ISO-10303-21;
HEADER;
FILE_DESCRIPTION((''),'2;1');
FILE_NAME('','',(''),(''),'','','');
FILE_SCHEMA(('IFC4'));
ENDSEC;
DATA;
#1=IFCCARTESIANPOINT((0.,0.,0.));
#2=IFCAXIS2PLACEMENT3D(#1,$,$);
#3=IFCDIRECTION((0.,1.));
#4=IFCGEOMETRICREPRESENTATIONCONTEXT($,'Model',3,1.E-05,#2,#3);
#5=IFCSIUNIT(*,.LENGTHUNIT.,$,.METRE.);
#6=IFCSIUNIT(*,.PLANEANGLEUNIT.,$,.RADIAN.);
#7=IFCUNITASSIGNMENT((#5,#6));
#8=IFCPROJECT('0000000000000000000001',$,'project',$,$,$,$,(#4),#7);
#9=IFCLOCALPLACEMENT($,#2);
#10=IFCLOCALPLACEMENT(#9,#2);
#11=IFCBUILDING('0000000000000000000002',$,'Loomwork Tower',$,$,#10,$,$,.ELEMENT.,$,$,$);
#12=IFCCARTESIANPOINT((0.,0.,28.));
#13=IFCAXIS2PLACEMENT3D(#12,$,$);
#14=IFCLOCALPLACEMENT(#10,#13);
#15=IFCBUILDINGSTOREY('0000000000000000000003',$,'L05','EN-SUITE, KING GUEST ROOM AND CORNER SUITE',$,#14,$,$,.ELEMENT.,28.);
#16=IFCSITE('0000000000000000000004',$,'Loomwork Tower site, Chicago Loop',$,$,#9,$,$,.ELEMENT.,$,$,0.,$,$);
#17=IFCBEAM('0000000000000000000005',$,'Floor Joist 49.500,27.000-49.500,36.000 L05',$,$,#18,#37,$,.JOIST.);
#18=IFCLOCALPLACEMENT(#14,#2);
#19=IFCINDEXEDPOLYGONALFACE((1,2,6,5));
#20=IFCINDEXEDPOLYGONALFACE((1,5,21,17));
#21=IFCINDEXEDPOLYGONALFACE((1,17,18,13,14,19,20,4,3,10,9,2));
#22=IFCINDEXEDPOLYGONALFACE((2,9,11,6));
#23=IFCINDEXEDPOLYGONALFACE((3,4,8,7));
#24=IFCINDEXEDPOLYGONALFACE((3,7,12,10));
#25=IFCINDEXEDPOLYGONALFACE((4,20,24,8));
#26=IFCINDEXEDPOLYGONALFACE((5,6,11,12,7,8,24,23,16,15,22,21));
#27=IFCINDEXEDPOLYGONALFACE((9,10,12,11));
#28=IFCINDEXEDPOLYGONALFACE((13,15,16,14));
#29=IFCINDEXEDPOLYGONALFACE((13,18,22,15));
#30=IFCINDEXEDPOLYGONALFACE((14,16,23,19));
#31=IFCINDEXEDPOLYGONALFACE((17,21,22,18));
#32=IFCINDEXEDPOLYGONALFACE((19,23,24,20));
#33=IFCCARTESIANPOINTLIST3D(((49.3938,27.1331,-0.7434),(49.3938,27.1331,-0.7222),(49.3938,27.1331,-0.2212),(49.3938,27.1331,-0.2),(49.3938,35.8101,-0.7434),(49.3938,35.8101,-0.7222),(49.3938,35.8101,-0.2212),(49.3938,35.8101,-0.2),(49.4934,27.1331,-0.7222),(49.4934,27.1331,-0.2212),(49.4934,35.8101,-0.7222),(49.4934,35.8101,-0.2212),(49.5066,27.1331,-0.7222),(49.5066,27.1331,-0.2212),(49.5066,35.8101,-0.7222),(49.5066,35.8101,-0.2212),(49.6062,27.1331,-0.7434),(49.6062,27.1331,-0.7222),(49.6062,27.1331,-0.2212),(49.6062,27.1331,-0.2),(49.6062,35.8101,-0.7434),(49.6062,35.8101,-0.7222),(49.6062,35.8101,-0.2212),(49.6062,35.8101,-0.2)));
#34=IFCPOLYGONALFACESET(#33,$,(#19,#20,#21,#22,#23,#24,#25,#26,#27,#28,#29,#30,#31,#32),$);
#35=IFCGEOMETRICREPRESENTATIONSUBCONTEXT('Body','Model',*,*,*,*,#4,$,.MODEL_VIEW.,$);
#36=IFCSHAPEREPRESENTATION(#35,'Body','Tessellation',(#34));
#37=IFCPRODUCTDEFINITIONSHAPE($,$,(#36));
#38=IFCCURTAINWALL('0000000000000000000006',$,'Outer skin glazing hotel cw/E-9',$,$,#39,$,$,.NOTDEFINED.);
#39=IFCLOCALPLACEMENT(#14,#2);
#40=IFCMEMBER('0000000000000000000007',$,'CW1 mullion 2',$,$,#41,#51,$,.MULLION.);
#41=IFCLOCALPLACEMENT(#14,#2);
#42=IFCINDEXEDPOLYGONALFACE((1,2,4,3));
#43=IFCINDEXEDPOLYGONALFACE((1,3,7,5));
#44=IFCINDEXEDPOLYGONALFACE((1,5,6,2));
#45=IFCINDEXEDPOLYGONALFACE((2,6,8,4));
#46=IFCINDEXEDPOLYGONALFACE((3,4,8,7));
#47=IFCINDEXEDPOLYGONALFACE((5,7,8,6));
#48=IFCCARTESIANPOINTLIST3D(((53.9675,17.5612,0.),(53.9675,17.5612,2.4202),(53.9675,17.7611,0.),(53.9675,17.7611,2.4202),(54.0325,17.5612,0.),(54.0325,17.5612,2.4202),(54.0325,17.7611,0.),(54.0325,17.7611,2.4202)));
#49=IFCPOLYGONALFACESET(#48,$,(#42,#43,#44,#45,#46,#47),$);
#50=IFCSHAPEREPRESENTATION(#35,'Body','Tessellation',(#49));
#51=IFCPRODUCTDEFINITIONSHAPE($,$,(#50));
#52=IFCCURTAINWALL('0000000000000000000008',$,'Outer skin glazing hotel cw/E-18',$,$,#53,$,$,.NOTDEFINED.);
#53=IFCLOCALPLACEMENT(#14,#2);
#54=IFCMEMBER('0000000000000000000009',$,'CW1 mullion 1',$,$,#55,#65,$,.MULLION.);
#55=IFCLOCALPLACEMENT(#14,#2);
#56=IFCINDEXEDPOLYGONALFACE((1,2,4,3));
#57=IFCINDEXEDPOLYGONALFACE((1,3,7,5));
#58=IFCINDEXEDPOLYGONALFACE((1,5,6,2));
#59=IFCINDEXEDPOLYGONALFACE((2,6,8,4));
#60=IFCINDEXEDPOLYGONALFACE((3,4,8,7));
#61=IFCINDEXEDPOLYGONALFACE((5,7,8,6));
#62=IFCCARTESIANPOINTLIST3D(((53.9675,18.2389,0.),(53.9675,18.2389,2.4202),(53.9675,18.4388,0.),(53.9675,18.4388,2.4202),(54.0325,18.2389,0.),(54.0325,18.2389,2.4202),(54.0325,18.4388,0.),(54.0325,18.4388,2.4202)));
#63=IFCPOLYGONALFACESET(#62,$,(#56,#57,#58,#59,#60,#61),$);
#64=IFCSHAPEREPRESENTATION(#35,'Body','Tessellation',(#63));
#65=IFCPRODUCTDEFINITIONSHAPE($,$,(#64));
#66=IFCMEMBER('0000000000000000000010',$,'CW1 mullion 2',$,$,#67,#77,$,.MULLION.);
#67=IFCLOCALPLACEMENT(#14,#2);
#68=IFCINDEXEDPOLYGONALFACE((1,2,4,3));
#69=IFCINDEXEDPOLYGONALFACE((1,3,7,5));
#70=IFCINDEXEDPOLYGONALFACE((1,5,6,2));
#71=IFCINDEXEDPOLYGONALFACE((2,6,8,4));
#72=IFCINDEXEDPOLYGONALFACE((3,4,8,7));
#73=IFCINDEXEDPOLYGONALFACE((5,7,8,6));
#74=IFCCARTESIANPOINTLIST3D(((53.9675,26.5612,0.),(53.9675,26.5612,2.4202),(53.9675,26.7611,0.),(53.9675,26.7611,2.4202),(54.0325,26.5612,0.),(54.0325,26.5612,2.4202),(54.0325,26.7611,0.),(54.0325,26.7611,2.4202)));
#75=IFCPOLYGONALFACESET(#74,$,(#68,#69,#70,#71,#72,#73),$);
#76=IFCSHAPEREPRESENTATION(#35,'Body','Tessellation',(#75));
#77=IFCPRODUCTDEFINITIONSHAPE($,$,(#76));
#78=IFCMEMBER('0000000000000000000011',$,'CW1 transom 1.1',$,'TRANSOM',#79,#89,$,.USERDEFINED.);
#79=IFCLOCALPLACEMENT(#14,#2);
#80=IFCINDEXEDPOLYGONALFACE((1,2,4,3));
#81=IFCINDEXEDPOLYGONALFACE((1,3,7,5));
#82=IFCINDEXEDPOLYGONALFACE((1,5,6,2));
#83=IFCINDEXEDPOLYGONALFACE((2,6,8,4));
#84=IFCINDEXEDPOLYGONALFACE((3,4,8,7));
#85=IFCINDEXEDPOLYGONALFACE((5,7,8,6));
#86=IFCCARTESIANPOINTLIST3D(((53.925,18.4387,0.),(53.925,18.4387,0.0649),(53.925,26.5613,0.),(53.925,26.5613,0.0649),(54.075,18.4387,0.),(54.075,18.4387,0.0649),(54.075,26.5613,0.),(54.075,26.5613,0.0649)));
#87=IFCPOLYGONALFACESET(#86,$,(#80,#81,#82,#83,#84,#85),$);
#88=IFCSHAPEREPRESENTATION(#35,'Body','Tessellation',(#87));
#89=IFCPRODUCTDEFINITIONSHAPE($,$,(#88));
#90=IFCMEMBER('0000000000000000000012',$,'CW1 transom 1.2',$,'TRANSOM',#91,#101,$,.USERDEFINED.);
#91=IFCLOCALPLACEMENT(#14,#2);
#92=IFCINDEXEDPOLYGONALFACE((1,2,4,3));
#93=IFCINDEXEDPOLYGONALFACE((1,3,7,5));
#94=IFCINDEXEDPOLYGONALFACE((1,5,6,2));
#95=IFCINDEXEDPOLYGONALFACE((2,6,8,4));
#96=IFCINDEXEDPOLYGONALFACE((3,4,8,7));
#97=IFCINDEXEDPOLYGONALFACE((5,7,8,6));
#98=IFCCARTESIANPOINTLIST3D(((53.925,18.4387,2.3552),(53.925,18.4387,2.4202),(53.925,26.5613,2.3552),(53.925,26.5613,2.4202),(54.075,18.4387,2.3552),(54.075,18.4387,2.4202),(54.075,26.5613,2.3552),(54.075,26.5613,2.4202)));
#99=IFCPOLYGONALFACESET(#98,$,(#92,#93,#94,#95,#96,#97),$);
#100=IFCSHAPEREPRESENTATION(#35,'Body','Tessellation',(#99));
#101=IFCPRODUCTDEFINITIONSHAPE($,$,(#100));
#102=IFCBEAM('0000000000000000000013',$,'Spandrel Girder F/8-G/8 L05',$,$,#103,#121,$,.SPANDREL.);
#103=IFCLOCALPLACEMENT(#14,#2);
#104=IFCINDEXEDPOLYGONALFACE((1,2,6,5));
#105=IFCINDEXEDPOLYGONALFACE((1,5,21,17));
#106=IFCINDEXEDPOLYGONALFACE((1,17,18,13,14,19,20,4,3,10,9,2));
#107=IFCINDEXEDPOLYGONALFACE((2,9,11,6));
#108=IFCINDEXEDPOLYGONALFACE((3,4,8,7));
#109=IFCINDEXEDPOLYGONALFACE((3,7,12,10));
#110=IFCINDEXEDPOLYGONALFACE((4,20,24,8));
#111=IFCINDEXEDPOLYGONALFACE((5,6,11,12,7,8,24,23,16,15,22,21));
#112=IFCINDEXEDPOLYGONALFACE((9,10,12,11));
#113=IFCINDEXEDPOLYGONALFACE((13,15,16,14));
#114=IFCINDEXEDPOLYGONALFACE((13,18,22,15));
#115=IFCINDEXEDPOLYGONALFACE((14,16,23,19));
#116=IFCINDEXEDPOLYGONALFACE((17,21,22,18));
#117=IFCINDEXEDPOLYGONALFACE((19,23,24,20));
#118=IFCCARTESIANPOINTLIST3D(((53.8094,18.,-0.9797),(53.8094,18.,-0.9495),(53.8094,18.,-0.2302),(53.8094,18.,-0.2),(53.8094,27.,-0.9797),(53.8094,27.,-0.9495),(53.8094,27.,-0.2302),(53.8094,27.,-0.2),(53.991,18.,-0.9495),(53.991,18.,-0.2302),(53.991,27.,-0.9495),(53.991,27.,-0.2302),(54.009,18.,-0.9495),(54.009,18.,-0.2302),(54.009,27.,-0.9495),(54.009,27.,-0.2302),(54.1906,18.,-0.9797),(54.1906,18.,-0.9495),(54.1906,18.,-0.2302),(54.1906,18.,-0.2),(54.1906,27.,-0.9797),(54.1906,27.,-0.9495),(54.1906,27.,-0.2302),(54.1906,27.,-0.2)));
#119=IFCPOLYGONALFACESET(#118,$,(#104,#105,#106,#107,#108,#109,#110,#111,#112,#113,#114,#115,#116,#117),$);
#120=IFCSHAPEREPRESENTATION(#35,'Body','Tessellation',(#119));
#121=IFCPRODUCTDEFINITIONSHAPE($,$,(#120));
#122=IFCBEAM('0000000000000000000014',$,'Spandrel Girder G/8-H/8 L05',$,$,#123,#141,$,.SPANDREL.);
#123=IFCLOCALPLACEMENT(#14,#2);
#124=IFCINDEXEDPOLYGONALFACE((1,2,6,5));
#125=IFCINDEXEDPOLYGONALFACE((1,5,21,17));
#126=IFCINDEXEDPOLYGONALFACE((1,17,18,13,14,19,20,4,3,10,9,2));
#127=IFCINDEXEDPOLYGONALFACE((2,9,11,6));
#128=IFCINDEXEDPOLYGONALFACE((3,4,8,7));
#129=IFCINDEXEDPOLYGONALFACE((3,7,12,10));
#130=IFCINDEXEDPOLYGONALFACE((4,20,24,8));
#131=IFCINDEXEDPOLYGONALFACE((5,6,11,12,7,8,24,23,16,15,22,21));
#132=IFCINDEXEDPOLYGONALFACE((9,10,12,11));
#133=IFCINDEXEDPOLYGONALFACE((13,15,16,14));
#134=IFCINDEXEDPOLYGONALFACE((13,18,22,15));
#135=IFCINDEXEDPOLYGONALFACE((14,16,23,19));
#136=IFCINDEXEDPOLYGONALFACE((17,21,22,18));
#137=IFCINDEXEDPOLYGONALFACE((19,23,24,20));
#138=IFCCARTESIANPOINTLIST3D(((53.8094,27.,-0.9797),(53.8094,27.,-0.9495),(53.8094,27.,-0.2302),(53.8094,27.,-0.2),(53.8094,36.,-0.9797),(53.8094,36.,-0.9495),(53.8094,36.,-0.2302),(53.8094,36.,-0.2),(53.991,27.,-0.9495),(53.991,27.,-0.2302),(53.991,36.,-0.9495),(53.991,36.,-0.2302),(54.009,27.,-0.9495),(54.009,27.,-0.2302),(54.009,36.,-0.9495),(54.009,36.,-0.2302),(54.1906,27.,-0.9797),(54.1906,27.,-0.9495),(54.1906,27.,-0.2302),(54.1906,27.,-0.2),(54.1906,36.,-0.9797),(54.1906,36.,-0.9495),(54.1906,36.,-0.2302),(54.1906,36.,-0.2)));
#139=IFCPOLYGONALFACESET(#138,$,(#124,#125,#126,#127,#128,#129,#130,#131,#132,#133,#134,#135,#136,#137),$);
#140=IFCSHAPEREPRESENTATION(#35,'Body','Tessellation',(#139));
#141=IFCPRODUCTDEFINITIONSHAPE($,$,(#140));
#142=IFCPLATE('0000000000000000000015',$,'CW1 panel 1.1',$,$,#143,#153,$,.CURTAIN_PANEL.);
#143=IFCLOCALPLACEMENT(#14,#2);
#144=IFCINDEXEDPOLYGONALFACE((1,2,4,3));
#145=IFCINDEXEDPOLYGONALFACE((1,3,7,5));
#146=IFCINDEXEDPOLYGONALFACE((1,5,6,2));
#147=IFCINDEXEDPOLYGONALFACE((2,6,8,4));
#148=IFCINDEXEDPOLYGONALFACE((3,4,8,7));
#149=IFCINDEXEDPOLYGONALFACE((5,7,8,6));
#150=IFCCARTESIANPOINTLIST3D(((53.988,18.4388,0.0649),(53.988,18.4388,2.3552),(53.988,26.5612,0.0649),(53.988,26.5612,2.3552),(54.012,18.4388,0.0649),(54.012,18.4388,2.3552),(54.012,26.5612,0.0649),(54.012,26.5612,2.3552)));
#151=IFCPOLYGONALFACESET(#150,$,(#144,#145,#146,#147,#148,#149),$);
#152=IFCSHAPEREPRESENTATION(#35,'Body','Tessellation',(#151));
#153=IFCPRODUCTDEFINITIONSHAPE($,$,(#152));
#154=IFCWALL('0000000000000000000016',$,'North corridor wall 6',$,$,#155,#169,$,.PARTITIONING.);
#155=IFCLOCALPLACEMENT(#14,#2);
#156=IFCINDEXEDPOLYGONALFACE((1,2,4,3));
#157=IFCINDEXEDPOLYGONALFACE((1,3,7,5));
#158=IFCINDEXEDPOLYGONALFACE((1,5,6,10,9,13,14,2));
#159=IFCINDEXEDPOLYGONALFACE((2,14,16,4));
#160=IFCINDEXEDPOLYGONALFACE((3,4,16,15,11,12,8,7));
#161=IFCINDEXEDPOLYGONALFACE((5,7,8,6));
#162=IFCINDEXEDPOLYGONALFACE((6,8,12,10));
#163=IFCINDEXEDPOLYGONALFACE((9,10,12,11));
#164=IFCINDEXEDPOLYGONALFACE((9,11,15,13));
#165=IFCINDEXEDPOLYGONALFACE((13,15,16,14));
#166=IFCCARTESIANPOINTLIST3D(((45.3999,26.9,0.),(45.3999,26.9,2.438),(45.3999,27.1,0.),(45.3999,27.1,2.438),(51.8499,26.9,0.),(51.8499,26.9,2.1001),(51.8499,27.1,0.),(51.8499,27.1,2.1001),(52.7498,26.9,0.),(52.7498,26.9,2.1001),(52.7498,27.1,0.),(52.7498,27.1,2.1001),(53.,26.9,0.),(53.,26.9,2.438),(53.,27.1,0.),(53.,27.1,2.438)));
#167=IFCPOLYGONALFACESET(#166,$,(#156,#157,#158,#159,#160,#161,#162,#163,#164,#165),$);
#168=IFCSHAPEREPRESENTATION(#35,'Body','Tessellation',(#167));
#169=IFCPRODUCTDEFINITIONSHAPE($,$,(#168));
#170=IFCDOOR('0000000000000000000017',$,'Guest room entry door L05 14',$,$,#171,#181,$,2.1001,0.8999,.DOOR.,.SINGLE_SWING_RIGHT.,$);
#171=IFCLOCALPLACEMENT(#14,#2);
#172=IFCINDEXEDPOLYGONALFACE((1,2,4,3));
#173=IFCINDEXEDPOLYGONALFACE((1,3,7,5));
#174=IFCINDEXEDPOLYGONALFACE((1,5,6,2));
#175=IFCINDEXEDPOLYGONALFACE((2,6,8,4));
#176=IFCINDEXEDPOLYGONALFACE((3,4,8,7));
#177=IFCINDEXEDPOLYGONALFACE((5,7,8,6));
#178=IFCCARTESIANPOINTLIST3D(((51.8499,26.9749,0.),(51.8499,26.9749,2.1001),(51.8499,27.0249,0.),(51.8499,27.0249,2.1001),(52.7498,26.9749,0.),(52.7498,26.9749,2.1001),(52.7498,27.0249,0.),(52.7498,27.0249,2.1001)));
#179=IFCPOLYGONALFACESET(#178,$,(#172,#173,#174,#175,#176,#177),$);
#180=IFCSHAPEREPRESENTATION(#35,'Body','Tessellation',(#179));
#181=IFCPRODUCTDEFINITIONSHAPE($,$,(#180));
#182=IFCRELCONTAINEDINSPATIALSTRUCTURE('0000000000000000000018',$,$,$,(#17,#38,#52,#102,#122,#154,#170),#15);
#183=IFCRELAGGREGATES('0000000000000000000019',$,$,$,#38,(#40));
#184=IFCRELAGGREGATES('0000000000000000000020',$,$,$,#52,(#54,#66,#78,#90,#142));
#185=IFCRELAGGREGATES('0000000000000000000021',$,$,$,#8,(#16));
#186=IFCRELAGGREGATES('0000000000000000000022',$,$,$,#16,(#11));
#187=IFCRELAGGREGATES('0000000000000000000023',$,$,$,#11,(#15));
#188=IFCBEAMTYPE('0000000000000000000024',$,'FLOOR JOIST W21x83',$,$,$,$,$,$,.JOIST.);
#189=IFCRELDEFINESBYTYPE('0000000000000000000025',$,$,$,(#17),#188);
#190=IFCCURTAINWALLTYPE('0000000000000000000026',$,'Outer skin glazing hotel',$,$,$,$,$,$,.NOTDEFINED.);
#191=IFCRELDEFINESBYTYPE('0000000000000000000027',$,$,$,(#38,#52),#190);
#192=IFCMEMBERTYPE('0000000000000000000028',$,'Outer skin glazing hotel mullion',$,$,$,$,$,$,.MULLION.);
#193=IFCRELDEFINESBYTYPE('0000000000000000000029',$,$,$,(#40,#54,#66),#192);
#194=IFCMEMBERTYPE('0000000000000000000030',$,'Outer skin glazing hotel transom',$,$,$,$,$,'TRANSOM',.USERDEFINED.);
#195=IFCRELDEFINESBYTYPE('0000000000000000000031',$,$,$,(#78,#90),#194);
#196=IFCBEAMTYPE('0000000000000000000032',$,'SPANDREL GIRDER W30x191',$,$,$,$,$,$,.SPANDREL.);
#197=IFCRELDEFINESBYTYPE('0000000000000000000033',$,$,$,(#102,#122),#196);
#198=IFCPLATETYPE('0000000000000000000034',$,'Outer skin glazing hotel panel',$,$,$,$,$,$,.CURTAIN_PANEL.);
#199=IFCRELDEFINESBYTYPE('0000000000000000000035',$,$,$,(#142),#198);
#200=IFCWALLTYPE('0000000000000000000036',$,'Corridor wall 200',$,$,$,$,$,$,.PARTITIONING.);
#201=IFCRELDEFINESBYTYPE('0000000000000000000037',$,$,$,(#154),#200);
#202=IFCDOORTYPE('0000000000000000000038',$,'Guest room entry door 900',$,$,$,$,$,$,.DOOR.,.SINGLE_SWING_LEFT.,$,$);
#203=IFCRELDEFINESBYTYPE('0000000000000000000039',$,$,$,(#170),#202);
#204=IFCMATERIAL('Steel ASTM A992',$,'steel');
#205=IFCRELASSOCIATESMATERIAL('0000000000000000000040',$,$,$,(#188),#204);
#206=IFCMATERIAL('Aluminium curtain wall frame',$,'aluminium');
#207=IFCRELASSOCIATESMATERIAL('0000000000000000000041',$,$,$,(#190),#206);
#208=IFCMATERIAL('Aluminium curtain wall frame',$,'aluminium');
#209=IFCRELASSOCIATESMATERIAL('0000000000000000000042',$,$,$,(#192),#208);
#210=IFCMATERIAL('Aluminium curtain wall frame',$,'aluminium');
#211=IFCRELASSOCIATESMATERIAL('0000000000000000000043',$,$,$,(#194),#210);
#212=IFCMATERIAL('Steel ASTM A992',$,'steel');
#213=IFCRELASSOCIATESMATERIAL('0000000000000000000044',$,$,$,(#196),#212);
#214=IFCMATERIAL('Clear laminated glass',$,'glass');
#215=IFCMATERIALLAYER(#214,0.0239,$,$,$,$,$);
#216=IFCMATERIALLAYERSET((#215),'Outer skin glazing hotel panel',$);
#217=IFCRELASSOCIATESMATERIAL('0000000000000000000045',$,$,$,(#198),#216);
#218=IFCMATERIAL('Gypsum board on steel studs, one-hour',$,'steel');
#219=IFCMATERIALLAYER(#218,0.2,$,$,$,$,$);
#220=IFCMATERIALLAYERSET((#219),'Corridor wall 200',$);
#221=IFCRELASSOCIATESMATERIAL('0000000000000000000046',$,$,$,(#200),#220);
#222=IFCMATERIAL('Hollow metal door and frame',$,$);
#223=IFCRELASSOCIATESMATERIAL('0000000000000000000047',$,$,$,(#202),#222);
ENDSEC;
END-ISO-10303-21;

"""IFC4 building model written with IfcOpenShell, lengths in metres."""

from ifc_helpers import new_model, si_unit, direction, frame, frame_2d, origin, origin_2d, place, context, subcontext, project, spatial, rectangle, i_section, extrude, material, layer, layer_set, material_profile, profile_set, type_object, element, fill, aggregate, save


model = new_model("IFC4")

# Units and contexts
model_context = context("Model", 3, precision=1e-05, world=origin(), true_north=direction((0.0, 1.0)))
body_context = subcontext(model_context, "Body", "Model", "MODEL_VIEW")
ifc_project = project(units=[si_unit("LENGTHUNIT", "METRE"), si_unit("PLANEANGLEUNIT", "RADIAN")], contexts=[model_context])

# Site, building, storey
site_placement = place(None, origin())
site = spatial("IfcSite", under=ifc_project, at=site_placement, Name="Loomwork Tower site, Chicago Loop", CompositionType="ELEMENT", RefElevation=0.0)
building_placement = place(site_placement, origin())
building = spatial("IfcBuilding", under=site, at=building_placement, Name="Loomwork Tower", CompositionType="ELEMENT")
storey_placement = place(building_placement, frame((0.0, 0.0, 28.0)))
storey = spatial("IfcBuildingStorey", under=building, at=storey_placement, Name="L05", Description="EN-SUITE, KING GUEST ROOM AND CORNER SUITE", CompositionType="ELEMENT", Elevation=28.0)

# Beam
ifc_material_1 = material(Name="Steel ASTM A992", Category="steel")
ifc_material_profile_1 = material_profile(ifc_material_1, i_section(OverallWidth=0.2124, OverallDepth=0.5435, WebThickness=0.0132, FlangeThickness=0.0212, at=origin_2d()), Name="W21x83")
ifc_profile_set_1 = profile_set([ifc_material_profile_1], Name="Steel ASTM A992")
beam_type_1 = type_object("IfcBeamType", Name="FLOOR JOIST W21x83", PredefinedType="JOIST", material=ifc_profile_set_1)
beam_1_placement = place(storey_placement, frame((49.5, 27.1331, -0.4717), z_axis=(0.0, 1.0, 0.0), x_axis=(-1.0, 0.0, 0.0)))
element("IfcBeam", 1, at=beam_1_placement, inside=storey, type_object=beam_type_1, Name="Floor Joist 49.500,27.000-49.500,36.000 L05", PredefinedType="JOIST", context=body_context, shape_type="SweptSolid", body=[
    extrude(i_section(OverallWidth=0.2124, OverallDepth=0.5435, WebThickness=0.0132, FlangeThickness=0.0212, at=origin_2d()), origin(), (0.0, 0.0, 1.0), 8.677),
])

# Curtain wall, member
ifc_material_2 = material(Name="Aluminium curtain wall frame", Category="aluminium")
curtain_wall_type = type_object("IfcCurtainWallType", Name="Outer skin glazing hotel", PredefinedType="NOTDEFINED", material=ifc_material_2)
curtain_wall_1_placement = place(storey_placement, origin())
curtain_wall_1 = element("IfcCurtainWall", 2, at=curtain_wall_1_placement, inside=storey, type_object=curtain_wall_type, Name="Outer skin glazing hotel cw/E-9", PredefinedType="NOTDEFINED")
ifc_material_3 = material(Name="Aluminium curtain wall frame", Category="aluminium")
ifc_material_profile_2 = material_profile(ifc_material_3, rectangle(XDim=0.0649, YDim=0.2, at=origin_2d()), Name="AL 65x200")
ifc_profile_set_2 = profile_set([ifc_material_profile_2], Name="Aluminium curtain wall frame")
member_type_1 = type_object("IfcMemberType", Name="Outer skin glazing hotel mullion", PredefinedType="MULLION", material=ifc_profile_set_2)
member_1_placement = place(storey_placement, frame((54.0, 17.6611, 0.0), z_axis=(0.0, 0.0, 1.0), x_axis=(-1.0, 0.0, 0.0)))
member_1 = element("IfcMember", 3, at=member_1_placement, type_object=member_type_1, Name="CW1 mullion 2", PredefinedType="MULLION", context=body_context, shape_type="SweptSolid", body=[
    extrude(rectangle(XDim=0.0649, YDim=0.2, at=origin_2d()), origin(), (0.0, 0.0, 1.0), 2.4202),
])
aggregate(curtain_wall_1, [member_1])

# Curtain wall, members
curtain_wall_2_placement = place(storey_placement, origin())
curtain_wall_2 = element("IfcCurtainWall", 4, at=curtain_wall_2_placement, inside=storey, type_object=curtain_wall_type, Name="Outer skin glazing hotel cw/E-18", PredefinedType="NOTDEFINED")
member_2_placement = place(storey_placement, frame((54.0, 18.3389, 0.0), z_axis=(0.0, 0.0, 1.0), x_axis=(-1.0, 0.0, 0.0)))
member_2 = element("IfcMember", 5, at=member_2_placement, type_object=member_type_1, Name="CW1 mullion 1", PredefinedType="MULLION", context=body_context, shape_type="SweptSolid", body=[
    extrude(rectangle(XDim=0.0649, YDim=0.2, at=origin_2d()), origin(), (0.0, 0.0, 1.0), 2.4202),
])
member_3_placement = place(storey_placement, frame((54.0, 26.6611, 0.0), z_axis=(0.0, 0.0, 1.0), x_axis=(-1.0, 0.0, 0.0)))
member_3 = element("IfcMember", 6, at=member_3_placement, type_object=member_type_1, Name="CW1 mullion 2", PredefinedType="MULLION", context=body_context, shape_type="SweptSolid", body=[
    extrude(rectangle(XDim=0.0649, YDim=0.2, at=origin_2d()), origin(), (0.0, 0.0, 1.0), 2.4202),
])
ifc_material_4 = material(Name="Aluminium curtain wall frame", Category="aluminium")
ifc_material_profile_3 = material_profile(ifc_material_4, rectangle(XDim=0.1499, YDim=0.0649, at=origin_2d()), Name="AL 65x150")
ifc_profile_set_3 = profile_set([ifc_material_profile_3], Name="Aluminium curtain wall frame")
member_type_2 = type_object("IfcMemberType", Name="Outer skin glazing hotel transom", ElementType="TRANSOM", PredefinedType="USERDEFINED", material=ifc_profile_set_3)
member_4_placement = place(storey_placement, frame((54.0, 18.4387, 0.0325), z_axis=(0.0, 1.0, 0.0), x_axis=(-1.0, 0.0, 0.0)))
member_4 = element("IfcMember", 7, at=member_4_placement, type_object=member_type_2, Name="CW1 transom 1.1", ObjectType="TRANSOM", PredefinedType="USERDEFINED", context=body_context, shape_type="SweptSolid", body=[
    extrude(rectangle(XDim=0.1499, YDim=0.0649, at=origin_2d()), origin(), (0.0, 0.0, 1.0), 8.1226),
])
member_5_placement = place(storey_placement, frame((54.0, 18.4387, 2.3877), z_axis=(0.0, 1.0, 0.0), x_axis=(-1.0, 0.0, 0.0)))
member_5 = element("IfcMember", 8, at=member_5_placement, type_object=member_type_2, Name="CW1 transom 1.2", ObjectType="TRANSOM", PredefinedType="USERDEFINED", context=body_context, shape_type="SweptSolid", body=[
    extrude(rectangle(XDim=0.1499, YDim=0.0649, at=origin_2d()), origin(), (0.0, 0.0, 1.0), 8.1226),
])

# Beams
ifc_material_5 = material(Name="Steel ASTM A992", Category="steel")
ifc_material_profile_4 = material_profile(ifc_material_5, i_section(OverallWidth=0.3811, OverallDepth=0.7798, WebThickness=0.0181, FlangeThickness=0.0303, at=origin_2d()), Name="W30x191")
ifc_profile_set_4 = profile_set([ifc_material_profile_4], Name="Steel ASTM A992")
beam_type_2 = type_object("IfcBeamType", Name="SPANDREL GIRDER W30x191", PredefinedType="SPANDREL", material=ifc_profile_set_4)
for number, where, z_axis, x_axis, name in (
    (9, (54.0, 18.0, -0.5898), (0.0, 1.0, 0.0), (-1.0, 0.0, 0.0), "Spandrel Girder F/8-G/8 L05"),
    (10, (54.0, 27.0, -0.5898), (0.0, 1.0, 0.0), (-1.0, 0.0, 0.0), "Spandrel Girder G/8-H/8 L05"),
):
    element("IfcBeam", number, at=place(storey_placement, frame(where, z_axis=z_axis, x_axis=x_axis)), inside=storey, type_object=beam_type_2, Name=name, PredefinedType="SPANDREL", context=body_context, shape_type="SweptSolid", body=[
        extrude(i_section(OverallWidth=0.3811, OverallDepth=0.7798, WebThickness=0.0181, FlangeThickness=0.0303, at=origin_2d()), origin(), (0.0, 0.0, 1.0), 9.0),
    ])

# Plate
ifc_material_6 = material(Name="Clear laminated glass", Category="glass")
ifc_layer_1 = layer(ifc_material_6, 0.0239)
ifc_layer_set_1 = layer_set([ifc_layer_1], Name="Outer skin glazing hotel panel")
plate_type = type_object("IfcPlateType", Name="Outer skin glazing hotel panel", PredefinedType="CURTAIN_PANEL", material=ifc_layer_set_1)
plate_placement = place(storey_placement, frame((54.0, 22.5, 0.0649), z_axis=(0.0, 0.0, 1.0), x_axis=(0.0, 1.0, 0.0)))
plate = element("IfcPlate", 11, at=plate_placement, type_object=plate_type, Name="CW1 panel 1.1", PredefinedType="CURTAIN_PANEL", context=body_context, shape_type="SweptSolid", body=[
    extrude(rectangle(XDim=8.1223, YDim=0.0239, at=origin_2d()), origin(), (0.0, 0.0, 1.0), 2.2903),
])
aggregate(curtain_wall_2, [member_2, member_3, member_4, member_5, plate])

# Wall, opening, door
ifc_material_7 = material(Name="Gypsum board on steel studs, one-hour", Category="steel")
ifc_layer_2 = layer(ifc_material_7, 0.2)
ifc_layer_set_2 = layer_set([ifc_layer_2], Name="Corridor wall 200")
wall_type_1 = type_object("IfcWallType", Name="Corridor wall 200", PredefinedType="PARTITIONING", material=ifc_layer_set_2)
wall_1_placement = place(storey_placement, frame((45.3999, 27.0, 0.0), z_axis=(0.0, 0.0, 1.0), x_axis=(1.0, 0.0, 0.0)))
wall_1 = element("IfcWall", 12, at=wall_1_placement, inside=storey, type_object=wall_type_1, Name="North corridor wall 6", PredefinedType="PARTITIONING", context=body_context, shape_type="SweptSolid", body=[
    extrude(rectangle(XDim=7.6001, YDim=0.2, at=frame_2d((3.8, 0.0))), origin(), (0.0, 0.0, 1.0), 2.438),
])
opening_1_placement = place(wall_1_placement, frame((6.45, 0.0, 0.0)))
opening_1 = element("IfcOpeningElement", 13, at=opening_1_placement, cuts=wall_1, PredefinedType="OPENING", context=body_context, shape_type="SweptSolid", body=[
    extrude(rectangle(XDim=0.8999, YDim=2.1001, at=frame_2d((0.45, 1.05))), frame((0.0, 0.1099, 0.0), z_axis=(0.0, -1.0, 0.0), x_axis=(1.0, 0.0, 0.0)), (0.0, 0.0, 1.0), 0.22),
])
ifc_material_8 = material(Name="Hollow metal door and frame")
door_type_1 = type_object("IfcDoorType", Name="Guest room entry door 900", OperationType="SINGLE_SWING_LEFT", PredefinedType="DOOR", material=ifc_material_8)
door_1_placement = place(opening_1_placement, origin())
door_1 = element("IfcDoor", 14, at=door_1_placement, inside=storey, type_object=door_type_1, Name="Guest room entry door L05 14", OperationType="SINGLE_SWING_RIGHT", OverallHeight=2.1001, OverallWidth=0.8999, PredefinedType="DOOR", context=body_context, shape_type="SweptSolid", body=[
    extrude(rectangle(XDim=0.8999, YDim=2.1001, at=frame_2d((0.45, 1.05))), frame((0.0, 0.0249, 0.0), z_axis=(0.0, -1.0, 0.0), x_axis=(1.0, 0.0, 0.0)), (0.0, 0.0, 1.0), 0.05),
])
fill(opening_1, door_1)

save(model, "model.ifc")
